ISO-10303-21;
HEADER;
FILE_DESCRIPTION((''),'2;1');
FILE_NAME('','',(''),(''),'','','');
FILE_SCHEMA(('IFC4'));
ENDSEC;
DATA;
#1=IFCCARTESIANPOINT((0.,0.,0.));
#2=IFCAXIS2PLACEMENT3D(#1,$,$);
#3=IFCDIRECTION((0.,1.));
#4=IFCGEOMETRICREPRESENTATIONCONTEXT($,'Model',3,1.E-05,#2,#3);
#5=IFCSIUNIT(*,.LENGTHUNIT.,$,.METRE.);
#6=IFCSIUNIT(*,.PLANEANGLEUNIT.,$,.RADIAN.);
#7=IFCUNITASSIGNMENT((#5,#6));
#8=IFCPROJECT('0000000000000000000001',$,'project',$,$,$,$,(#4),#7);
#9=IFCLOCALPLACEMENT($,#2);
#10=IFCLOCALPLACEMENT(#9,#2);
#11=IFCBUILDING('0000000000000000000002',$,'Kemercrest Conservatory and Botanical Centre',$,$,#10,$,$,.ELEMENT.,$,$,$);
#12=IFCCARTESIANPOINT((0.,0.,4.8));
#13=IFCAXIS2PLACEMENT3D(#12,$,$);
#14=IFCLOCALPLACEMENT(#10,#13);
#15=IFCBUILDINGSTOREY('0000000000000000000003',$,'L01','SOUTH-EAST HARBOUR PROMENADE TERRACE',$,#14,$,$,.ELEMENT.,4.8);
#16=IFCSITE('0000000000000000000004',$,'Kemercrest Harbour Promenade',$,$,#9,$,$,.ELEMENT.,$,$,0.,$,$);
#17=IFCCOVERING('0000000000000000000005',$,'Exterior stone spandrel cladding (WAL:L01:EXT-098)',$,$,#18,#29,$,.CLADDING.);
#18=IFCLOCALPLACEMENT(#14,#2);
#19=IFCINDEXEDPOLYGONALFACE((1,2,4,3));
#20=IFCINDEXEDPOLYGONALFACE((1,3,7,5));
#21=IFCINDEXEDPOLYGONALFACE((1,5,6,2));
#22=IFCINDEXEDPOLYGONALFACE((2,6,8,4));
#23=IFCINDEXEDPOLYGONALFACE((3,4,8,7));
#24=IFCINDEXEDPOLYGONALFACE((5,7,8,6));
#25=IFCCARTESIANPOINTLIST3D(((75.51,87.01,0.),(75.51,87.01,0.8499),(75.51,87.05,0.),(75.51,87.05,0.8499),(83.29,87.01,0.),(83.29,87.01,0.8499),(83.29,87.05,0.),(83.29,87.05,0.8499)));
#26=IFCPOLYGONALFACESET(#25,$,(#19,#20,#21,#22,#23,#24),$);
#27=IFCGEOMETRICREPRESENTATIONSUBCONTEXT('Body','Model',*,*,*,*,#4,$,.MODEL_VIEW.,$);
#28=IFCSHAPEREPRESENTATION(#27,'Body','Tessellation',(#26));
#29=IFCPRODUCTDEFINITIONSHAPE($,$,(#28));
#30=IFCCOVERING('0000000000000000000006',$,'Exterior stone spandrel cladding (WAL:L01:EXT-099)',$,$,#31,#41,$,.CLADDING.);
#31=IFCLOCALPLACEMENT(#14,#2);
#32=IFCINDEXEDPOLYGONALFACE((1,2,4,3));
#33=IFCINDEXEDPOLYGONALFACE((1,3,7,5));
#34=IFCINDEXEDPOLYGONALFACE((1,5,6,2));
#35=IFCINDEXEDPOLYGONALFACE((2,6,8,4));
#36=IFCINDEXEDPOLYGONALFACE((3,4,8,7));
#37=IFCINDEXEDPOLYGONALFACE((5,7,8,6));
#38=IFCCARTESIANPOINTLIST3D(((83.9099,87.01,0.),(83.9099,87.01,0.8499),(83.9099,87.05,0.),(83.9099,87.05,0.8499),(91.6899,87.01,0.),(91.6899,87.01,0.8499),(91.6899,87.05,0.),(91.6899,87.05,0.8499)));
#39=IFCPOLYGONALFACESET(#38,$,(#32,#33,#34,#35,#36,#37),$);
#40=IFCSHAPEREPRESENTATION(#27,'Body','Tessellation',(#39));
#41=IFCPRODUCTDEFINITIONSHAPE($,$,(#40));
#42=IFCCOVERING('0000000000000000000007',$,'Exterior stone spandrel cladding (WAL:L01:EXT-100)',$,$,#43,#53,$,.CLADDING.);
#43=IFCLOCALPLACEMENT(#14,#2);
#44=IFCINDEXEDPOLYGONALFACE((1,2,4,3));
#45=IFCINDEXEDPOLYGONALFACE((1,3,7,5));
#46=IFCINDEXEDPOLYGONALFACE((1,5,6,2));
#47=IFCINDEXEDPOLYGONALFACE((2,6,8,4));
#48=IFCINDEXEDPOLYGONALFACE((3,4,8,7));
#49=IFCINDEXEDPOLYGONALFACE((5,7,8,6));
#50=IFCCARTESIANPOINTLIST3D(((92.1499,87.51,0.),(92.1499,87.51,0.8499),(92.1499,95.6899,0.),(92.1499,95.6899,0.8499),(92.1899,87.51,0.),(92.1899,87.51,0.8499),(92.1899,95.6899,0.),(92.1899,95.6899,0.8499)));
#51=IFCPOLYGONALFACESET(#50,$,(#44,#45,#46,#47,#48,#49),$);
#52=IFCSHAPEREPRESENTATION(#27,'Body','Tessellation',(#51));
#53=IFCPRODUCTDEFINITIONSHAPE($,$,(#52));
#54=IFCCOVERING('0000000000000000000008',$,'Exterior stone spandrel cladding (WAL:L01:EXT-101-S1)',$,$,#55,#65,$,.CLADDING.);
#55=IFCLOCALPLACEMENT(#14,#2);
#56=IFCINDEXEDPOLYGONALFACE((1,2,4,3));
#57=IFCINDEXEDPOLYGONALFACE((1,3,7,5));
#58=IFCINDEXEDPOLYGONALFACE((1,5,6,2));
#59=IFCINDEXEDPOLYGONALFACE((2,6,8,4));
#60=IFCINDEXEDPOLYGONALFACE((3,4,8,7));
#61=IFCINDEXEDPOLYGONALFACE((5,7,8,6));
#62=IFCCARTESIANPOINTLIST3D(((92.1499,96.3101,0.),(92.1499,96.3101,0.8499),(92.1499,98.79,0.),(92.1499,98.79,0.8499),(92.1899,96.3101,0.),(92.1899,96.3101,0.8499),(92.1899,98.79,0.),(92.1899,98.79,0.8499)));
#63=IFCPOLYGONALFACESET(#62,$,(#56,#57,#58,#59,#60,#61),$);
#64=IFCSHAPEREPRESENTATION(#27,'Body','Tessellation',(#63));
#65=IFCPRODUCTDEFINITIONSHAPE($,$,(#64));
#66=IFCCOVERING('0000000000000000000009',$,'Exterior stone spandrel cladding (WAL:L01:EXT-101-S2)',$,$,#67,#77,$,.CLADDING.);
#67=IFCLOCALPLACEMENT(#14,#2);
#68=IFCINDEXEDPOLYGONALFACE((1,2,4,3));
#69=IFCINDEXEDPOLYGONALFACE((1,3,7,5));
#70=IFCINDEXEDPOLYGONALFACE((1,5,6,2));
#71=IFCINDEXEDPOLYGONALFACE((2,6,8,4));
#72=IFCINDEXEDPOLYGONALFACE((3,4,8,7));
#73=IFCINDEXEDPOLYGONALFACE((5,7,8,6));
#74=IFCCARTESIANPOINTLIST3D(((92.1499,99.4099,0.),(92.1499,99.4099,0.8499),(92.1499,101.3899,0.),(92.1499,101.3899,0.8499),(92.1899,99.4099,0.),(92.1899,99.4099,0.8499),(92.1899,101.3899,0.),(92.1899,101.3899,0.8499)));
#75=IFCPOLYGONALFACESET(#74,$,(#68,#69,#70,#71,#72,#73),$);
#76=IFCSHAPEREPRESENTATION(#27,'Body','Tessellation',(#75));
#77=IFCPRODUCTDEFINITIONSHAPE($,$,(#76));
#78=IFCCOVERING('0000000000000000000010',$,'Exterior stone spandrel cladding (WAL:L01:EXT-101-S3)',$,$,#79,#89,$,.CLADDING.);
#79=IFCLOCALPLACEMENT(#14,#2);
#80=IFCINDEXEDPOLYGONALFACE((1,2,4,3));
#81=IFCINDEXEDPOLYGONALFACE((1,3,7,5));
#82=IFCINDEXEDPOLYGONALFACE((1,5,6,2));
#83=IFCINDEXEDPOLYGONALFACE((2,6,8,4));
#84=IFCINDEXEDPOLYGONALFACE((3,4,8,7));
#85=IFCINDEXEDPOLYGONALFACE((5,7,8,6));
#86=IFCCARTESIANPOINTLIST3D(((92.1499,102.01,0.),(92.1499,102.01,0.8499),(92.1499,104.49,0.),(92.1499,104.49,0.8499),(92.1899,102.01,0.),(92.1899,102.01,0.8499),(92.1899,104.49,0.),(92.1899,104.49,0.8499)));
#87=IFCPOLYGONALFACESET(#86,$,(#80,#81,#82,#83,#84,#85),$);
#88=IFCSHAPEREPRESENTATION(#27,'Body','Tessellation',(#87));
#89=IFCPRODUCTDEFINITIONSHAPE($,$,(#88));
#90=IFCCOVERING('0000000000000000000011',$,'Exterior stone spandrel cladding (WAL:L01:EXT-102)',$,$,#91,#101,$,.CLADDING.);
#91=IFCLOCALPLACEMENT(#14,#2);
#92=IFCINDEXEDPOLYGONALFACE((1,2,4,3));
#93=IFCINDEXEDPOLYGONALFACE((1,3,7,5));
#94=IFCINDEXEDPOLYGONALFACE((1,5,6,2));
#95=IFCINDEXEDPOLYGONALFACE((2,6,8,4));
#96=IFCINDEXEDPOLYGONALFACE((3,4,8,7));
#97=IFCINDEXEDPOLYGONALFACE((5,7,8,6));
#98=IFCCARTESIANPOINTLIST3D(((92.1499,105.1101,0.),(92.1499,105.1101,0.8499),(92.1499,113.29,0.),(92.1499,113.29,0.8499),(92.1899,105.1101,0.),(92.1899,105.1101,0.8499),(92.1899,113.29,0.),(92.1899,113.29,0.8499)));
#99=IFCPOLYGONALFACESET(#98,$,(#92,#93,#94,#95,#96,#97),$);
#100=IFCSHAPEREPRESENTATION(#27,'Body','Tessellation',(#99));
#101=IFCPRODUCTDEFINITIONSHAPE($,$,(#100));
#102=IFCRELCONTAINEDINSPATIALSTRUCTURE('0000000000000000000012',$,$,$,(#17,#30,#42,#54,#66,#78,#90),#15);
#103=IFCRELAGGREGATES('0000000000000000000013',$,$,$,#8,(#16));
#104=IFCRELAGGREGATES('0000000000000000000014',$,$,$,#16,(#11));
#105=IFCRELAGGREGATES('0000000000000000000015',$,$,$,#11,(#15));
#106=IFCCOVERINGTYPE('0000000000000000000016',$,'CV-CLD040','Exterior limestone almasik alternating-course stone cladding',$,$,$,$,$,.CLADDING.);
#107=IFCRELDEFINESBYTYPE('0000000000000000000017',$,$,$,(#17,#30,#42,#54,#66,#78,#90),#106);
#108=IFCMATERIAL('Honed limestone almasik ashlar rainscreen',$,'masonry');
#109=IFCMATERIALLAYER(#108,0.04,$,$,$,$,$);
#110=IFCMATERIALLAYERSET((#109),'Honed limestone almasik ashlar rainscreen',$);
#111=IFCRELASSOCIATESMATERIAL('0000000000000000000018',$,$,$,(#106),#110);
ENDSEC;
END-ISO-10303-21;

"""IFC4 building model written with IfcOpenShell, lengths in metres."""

from ifc_helpers import new_model, si_unit, direction, frame, origin, place, context, subcontext, project, spatial, polyline, outline, extrude, material, layer, layer_set, type_object, element, save


model = new_model("IFC4")

# Units and contexts
model_context = context("Model", 3, precision=1e-05, world=origin(), true_north=direction((0.0, 1.0)))
body_context = subcontext(model_context, "Body", "Model", "MODEL_VIEW")
ifc_project = project(units=[si_unit("LENGTHUNIT", "METRE"), si_unit("PLANEANGLEUNIT", "RADIAN")], contexts=[model_context])

# Site, building, storey
site_placement = place(None, origin())
site = spatial("IfcSite", under=ifc_project, at=site_placement, Name="Kemercrest Harbour Promenade", CompositionType="ELEMENT", RefElevation=0.0)
building_placement = place(site_placement, origin())
building = spatial("IfcBuilding", under=site, at=building_placement, Name="Kemercrest Conservatory and Botanical Centre", CompositionType="ELEMENT")
storey_placement = place(building_placement, frame((0.0, 0.0, 4.8)))
storey = spatial("IfcBuildingStorey", under=building, at=storey_placement, Name="L01", Description="SOUTH-EAST HARBOUR PROMENADE TERRACE", CompositionType="ELEMENT", Elevation=4.8)

# Coverings
ifc_material_1 = material(Name="Honed limestone almasik ashlar rainscreen", Category="masonry")
ifc_layer_1 = layer(ifc_material_1, 0.04)
ifc_layer_set_1 = layer_set([ifc_layer_1], Name="Honed limestone almasik ashlar rainscreen")
covering_type_1 = type_object("IfcCoveringType", Name="CV-CLD040", Description="Exterior limestone almasik alternating-course stone cladding", PredefinedType="CLADDING", material=ifc_layer_set_1)
covering_1_placement = place(storey_placement, origin())
element("IfcCovering", 1, at=covering_1_placement, inside=storey, type_object=covering_type_1, Name="Exterior stone spandrel cladding (WAL:L01:EXT-098)", PredefinedType="CLADDING", context=body_context, shape_type="SweptSolid", body=[
    extrude(outline(polyline([(75.51, 87.05), (75.51, 87.01), (83.29, 87.01), (83.29, 87.05), (75.51, 87.05)])), origin(), (0.0, 0.0, 1.0), 0.8499),
])
covering_2_placement = place(storey_placement, origin())
element("IfcCovering", 2, at=covering_2_placement, inside=storey, type_object=covering_type_1, Name="Exterior stone spandrel cladding (WAL:L01:EXT-099)", PredefinedType="CLADDING", context=body_context, shape_type="SweptSolid", body=[
    extrude(outline(polyline([(83.9099, 87.05), (83.9099, 87.01), (91.6899, 87.01), (91.6899, 87.05), (83.9099, 87.05)])), origin(), (0.0, 0.0, 1.0), 0.8499),
])
covering_3_placement = place(storey_placement, origin())
element("IfcCovering", 3, at=covering_3_placement, inside=storey, type_object=covering_type_1, Name="Exterior stone spandrel cladding (WAL:L01:EXT-100)", PredefinedType="CLADDING", context=body_context, shape_type="SweptSolid", body=[
    extrude(outline(polyline([(92.1499, 87.51), (92.1899, 87.51), (92.1899, 95.6899), (92.1499, 95.6899), (92.1499, 87.51)])), origin(), (0.0, 0.0, 1.0), 0.8499),
])
covering_4_placement = place(storey_placement, origin())
element("IfcCovering", 4, at=covering_4_placement, inside=storey, type_object=covering_type_1, Name="Exterior stone spandrel cladding (WAL:L01:EXT-101-S1)", PredefinedType="CLADDING", context=body_context, shape_type="SweptSolid", body=[
    extrude(outline(polyline([(92.1499, 96.3101), (92.1899, 96.3101), (92.1899, 98.79), (92.1499, 98.79), (92.1499, 96.3101)])), origin(), (0.0, 0.0, 1.0), 0.8499),
])
covering_5_placement = place(storey_placement, origin())
element("IfcCovering", 5, at=covering_5_placement, inside=storey, type_object=covering_type_1, Name="Exterior stone spandrel cladding (WAL:L01:EXT-101-S2)", PredefinedType="CLADDING", context=body_context, shape_type="SweptSolid", body=[
    extrude(outline(polyline([(92.1499, 99.4099), (92.1899, 99.4099), (92.1899, 101.3899), (92.1499, 101.3899), (92.1499, 99.4099)])), origin(), (0.0, 0.0, 1.0), 0.8499),
])
covering_6_placement = place(storey_placement, origin())
element("IfcCovering", 6, at=covering_6_placement, inside=storey, type_object=covering_type_1, Name="Exterior stone spandrel cladding (WAL:L01:EXT-101-S3)", PredefinedType="CLADDING", context=body_context, shape_type="SweptSolid", body=[
    extrude(outline(polyline([(92.1499, 102.01), (92.1899, 102.01), (92.1899, 104.49), (92.1499, 104.49), (92.1499, 102.01)])), origin(), (0.0, 0.0, 1.0), 0.8499),
])
covering_7_placement = place(storey_placement, origin())
element("IfcCovering", 7, at=covering_7_placement, inside=storey, type_object=covering_type_1, Name="Exterior stone spandrel cladding (WAL:L01:EXT-102)", PredefinedType="CLADDING", context=body_context, shape_type="SweptSolid", body=[
    extrude(outline(polyline([(92.1499, 105.1101), (92.1899, 105.1101), (92.1899, 113.29), (92.1499, 113.29), (92.1499, 105.1101)])), origin(), (0.0, 0.0, 1.0), 0.8499),
])

save(model, "model.ifc")
